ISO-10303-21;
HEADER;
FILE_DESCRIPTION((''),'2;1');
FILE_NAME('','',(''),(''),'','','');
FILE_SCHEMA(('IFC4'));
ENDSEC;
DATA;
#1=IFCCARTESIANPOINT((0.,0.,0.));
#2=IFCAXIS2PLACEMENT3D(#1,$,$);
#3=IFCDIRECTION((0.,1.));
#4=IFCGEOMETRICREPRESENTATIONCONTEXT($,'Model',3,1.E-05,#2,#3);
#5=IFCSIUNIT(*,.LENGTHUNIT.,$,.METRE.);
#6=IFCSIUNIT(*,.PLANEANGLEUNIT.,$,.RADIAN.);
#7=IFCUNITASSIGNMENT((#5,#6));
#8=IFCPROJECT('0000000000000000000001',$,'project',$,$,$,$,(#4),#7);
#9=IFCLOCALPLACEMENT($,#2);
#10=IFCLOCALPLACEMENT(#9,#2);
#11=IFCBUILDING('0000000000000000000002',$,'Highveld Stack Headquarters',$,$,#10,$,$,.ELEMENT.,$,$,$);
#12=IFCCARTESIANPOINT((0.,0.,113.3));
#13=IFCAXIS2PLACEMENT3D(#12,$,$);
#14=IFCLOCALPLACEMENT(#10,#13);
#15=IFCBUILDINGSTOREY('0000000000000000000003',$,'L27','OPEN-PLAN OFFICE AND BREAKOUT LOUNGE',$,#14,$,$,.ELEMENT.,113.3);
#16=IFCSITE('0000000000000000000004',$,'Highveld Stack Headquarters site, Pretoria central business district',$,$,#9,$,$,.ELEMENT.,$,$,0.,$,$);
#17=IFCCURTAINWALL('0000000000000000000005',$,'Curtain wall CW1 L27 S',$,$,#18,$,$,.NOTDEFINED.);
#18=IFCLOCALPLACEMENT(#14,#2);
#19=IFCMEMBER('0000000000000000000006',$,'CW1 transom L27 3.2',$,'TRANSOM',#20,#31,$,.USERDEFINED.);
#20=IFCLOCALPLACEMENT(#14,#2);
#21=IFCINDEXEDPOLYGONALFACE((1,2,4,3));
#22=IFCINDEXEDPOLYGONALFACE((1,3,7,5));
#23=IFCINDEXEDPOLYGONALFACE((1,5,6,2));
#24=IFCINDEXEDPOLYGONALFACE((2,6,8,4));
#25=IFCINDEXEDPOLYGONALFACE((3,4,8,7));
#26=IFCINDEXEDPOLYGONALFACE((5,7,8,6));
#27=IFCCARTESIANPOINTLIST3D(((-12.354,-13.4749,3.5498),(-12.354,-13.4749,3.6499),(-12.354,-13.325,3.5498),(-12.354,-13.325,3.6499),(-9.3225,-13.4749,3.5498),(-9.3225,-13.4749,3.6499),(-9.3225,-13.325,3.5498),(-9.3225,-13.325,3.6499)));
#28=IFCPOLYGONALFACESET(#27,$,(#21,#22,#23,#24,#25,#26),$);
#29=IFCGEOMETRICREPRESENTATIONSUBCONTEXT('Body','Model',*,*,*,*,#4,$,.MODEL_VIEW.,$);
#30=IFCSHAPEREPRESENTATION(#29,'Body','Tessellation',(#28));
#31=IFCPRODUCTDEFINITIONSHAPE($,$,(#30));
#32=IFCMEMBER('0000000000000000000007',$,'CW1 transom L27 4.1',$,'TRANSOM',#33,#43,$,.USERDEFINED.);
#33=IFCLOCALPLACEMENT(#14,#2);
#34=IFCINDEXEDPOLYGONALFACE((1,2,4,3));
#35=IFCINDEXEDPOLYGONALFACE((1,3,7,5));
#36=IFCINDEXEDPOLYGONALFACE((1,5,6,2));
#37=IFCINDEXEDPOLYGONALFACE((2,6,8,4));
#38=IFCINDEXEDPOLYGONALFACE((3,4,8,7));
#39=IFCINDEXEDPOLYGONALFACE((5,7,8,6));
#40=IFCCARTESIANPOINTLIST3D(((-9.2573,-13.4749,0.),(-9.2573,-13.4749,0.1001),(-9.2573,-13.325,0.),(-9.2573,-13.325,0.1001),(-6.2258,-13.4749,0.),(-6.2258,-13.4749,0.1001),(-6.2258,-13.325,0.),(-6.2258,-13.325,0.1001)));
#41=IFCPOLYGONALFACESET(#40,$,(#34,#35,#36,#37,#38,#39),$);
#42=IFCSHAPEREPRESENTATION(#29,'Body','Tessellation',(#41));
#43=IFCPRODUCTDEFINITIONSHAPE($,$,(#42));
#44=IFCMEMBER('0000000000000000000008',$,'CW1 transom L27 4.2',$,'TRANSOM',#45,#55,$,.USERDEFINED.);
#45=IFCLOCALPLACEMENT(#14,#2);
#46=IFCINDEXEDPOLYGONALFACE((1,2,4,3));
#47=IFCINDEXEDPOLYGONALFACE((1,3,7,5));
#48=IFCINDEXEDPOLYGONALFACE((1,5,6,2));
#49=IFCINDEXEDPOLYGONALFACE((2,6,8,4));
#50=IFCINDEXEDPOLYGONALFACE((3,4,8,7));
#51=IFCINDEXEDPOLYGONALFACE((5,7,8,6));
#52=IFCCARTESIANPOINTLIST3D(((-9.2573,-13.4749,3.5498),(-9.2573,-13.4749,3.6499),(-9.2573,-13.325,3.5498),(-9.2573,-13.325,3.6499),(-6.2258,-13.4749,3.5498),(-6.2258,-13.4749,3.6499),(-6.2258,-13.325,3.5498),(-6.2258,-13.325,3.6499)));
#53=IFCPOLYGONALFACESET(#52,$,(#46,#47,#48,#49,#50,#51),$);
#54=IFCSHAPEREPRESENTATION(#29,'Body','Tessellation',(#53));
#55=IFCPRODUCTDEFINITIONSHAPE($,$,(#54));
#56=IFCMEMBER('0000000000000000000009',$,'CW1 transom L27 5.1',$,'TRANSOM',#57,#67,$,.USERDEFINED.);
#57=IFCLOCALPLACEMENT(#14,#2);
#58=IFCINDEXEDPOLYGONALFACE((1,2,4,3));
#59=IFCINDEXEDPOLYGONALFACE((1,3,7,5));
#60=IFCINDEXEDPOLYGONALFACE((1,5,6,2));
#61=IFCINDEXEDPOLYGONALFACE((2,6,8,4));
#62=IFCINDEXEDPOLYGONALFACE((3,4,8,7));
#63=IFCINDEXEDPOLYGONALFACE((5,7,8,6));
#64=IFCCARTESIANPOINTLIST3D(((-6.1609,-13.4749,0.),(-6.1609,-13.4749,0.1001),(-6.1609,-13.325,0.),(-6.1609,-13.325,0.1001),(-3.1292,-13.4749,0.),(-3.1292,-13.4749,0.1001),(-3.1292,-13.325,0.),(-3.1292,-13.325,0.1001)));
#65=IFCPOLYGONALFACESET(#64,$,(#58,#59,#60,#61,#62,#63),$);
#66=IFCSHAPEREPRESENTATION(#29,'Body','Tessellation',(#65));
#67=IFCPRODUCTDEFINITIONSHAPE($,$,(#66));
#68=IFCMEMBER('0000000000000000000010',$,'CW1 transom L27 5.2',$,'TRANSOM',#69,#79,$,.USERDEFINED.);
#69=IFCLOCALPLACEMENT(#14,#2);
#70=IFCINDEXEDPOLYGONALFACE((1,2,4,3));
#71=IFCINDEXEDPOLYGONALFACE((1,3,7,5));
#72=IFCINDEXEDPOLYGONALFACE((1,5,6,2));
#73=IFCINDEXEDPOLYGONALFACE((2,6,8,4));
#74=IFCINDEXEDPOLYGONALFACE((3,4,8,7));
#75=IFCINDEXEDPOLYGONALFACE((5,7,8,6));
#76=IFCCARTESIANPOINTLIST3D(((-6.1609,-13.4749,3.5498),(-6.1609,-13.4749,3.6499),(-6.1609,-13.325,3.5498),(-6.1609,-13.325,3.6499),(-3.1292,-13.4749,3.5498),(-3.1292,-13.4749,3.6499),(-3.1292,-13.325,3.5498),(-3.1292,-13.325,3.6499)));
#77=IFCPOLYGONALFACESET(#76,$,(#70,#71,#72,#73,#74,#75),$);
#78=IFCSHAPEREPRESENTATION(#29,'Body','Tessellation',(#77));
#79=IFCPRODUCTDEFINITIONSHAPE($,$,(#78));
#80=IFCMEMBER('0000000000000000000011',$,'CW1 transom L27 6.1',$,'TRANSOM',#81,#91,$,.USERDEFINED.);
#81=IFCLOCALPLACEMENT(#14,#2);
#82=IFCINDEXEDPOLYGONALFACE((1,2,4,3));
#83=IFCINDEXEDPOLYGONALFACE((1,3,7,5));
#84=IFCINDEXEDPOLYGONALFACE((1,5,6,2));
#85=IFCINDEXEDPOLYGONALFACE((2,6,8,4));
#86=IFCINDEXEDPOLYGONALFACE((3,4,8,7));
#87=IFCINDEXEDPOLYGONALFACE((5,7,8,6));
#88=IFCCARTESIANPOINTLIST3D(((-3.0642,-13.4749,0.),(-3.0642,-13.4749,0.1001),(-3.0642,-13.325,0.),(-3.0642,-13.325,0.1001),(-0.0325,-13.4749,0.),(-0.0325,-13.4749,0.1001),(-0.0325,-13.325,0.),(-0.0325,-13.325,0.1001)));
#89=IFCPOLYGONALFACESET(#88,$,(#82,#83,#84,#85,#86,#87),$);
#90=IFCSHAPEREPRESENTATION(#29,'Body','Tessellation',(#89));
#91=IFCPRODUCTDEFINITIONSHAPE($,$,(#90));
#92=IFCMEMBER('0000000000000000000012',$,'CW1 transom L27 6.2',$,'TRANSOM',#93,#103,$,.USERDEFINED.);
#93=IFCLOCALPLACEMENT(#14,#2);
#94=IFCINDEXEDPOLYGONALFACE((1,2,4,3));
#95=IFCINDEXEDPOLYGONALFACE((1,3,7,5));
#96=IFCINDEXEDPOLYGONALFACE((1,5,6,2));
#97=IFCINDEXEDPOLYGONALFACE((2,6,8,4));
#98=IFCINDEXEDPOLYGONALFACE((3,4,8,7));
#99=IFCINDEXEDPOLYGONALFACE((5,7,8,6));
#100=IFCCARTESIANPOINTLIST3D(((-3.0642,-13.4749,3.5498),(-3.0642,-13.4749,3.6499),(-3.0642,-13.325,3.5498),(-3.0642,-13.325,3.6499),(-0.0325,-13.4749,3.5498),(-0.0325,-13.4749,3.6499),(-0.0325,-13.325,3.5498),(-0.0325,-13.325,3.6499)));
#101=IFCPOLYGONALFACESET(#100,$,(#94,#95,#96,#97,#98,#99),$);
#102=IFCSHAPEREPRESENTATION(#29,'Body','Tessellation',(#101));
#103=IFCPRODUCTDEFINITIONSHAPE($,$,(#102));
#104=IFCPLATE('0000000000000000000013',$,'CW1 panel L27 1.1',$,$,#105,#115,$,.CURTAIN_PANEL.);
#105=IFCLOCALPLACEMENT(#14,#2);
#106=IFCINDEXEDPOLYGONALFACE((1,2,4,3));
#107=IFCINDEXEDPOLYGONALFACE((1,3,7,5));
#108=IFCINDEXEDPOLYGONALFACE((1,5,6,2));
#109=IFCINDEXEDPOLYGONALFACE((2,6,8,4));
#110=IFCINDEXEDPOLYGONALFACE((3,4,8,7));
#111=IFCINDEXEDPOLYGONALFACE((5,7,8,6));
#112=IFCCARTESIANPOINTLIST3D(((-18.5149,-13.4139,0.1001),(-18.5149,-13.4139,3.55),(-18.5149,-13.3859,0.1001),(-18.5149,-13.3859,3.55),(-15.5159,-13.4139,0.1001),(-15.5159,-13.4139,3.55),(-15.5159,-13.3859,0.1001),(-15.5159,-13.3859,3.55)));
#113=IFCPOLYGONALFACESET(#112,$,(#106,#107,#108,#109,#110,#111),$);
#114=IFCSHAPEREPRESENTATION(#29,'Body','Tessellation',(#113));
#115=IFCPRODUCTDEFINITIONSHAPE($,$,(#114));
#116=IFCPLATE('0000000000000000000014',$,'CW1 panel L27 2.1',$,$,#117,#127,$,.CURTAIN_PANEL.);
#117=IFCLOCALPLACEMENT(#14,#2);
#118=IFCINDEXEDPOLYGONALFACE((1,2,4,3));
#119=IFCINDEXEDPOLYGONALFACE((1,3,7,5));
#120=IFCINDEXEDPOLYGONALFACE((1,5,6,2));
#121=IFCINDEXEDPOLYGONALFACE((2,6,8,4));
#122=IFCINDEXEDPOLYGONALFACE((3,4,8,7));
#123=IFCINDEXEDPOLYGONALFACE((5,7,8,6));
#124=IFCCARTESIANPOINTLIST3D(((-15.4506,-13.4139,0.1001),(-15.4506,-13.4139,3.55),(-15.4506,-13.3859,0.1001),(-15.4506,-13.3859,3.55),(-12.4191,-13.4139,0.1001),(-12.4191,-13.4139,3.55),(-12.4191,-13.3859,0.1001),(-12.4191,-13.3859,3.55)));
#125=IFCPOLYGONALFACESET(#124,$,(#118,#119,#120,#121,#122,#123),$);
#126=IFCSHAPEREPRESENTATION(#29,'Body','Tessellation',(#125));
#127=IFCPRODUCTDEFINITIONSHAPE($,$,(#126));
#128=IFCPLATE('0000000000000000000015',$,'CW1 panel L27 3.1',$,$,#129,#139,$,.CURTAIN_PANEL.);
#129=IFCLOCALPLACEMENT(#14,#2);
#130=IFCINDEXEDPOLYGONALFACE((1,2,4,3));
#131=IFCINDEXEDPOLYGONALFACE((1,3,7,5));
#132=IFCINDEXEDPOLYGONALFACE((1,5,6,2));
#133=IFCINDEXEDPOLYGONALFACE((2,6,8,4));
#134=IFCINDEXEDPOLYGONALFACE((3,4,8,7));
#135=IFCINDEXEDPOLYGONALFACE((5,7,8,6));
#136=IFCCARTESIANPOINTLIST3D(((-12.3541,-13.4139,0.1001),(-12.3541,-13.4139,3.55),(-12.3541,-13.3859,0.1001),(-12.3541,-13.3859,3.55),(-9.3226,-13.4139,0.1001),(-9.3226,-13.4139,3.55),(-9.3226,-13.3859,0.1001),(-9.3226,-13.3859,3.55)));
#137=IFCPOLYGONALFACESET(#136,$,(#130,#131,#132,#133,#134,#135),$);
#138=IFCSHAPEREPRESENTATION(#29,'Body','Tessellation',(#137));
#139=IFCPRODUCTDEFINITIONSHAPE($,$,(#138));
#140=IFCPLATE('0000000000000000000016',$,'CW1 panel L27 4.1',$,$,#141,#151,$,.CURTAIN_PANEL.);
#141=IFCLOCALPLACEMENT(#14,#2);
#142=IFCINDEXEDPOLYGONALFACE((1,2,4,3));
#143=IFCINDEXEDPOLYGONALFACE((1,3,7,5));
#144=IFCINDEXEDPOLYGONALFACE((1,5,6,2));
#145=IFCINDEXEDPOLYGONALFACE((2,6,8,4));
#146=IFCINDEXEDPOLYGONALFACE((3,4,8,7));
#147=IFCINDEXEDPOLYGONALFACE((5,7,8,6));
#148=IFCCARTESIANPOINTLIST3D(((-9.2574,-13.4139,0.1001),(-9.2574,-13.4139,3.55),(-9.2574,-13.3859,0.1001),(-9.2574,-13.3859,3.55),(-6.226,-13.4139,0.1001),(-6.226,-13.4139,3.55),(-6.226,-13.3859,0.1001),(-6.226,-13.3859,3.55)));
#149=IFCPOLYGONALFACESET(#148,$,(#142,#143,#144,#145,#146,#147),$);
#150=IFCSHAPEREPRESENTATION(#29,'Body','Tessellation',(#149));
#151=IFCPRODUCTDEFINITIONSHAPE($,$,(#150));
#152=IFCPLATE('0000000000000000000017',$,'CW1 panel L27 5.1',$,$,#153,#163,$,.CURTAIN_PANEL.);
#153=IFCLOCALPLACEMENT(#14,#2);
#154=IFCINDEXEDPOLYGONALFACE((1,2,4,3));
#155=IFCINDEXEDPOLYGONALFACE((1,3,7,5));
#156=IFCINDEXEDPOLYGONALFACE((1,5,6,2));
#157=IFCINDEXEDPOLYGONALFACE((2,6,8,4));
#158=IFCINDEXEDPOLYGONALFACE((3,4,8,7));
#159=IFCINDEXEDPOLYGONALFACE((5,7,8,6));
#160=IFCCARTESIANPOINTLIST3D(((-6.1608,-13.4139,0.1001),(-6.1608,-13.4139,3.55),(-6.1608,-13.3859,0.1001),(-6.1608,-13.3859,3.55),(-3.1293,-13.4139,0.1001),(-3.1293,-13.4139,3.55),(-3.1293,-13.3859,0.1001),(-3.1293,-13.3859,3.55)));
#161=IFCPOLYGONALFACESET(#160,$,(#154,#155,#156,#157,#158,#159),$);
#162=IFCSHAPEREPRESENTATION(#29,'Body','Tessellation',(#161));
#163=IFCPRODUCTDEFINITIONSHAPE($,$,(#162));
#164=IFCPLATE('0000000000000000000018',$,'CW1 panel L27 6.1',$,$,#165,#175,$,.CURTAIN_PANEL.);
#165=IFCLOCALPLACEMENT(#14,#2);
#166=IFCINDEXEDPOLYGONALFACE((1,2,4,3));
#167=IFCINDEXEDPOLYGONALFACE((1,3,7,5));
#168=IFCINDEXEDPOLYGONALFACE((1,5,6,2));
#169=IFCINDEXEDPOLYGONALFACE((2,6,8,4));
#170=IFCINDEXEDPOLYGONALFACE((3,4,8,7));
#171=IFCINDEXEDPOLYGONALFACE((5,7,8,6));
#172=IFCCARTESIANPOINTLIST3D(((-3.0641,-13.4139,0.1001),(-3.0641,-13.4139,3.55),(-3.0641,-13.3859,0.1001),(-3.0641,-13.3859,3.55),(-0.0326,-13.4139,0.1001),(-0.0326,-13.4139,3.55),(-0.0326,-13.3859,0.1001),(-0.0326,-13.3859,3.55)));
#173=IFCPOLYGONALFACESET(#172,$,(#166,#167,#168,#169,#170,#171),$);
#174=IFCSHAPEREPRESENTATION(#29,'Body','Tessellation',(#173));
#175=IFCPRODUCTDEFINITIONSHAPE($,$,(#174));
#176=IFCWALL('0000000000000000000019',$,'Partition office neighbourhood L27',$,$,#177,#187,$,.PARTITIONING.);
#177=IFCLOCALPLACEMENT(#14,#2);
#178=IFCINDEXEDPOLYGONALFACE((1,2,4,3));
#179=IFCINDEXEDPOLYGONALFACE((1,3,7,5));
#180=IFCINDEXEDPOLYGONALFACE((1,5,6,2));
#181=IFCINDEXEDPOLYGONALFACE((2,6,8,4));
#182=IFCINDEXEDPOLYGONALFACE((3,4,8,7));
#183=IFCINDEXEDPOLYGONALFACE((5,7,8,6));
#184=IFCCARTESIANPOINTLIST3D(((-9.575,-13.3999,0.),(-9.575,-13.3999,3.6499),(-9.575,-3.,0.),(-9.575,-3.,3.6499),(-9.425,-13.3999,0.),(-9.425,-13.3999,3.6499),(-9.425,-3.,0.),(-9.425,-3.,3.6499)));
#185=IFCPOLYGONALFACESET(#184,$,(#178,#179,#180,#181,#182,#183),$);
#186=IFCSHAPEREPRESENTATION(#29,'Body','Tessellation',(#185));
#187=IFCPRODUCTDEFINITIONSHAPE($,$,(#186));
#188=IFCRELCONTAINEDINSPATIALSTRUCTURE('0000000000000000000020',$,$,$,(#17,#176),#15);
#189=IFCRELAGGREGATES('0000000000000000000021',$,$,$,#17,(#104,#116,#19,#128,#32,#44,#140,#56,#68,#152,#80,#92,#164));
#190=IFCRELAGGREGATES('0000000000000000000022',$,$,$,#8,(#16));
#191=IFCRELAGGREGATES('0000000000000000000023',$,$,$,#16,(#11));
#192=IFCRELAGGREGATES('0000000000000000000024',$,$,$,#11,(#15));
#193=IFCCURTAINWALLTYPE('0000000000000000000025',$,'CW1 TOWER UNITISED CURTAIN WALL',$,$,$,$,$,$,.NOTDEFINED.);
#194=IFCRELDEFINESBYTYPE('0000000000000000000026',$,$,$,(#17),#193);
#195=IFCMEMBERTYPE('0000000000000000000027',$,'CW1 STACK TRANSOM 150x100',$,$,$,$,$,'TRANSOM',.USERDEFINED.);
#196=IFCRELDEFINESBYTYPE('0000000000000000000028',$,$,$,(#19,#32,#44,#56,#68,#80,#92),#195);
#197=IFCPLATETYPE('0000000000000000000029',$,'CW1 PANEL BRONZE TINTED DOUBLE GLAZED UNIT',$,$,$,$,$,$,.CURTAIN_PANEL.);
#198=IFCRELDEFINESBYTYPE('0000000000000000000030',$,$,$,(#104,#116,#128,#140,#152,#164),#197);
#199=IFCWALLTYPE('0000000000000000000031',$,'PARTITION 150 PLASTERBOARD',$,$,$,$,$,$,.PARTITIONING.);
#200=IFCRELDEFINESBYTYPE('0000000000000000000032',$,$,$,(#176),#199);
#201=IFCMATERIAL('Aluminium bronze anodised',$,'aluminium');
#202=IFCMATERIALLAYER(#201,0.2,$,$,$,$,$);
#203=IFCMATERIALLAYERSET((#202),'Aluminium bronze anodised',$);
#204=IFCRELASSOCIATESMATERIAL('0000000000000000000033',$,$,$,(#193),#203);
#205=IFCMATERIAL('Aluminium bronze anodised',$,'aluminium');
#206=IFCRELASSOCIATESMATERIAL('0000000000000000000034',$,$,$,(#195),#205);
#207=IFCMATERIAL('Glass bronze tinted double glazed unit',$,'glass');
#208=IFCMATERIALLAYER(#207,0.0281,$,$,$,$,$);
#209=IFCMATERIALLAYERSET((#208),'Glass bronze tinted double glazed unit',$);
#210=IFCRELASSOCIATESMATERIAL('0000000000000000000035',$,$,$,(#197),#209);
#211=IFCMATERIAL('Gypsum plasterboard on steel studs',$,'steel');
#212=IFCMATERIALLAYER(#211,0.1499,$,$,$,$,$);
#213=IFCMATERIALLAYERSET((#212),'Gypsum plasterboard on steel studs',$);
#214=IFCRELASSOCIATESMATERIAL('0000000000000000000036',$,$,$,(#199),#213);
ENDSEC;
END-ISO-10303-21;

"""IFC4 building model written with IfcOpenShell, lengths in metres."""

from ifc_helpers import new_model, si_unit, direction, frame, frame_2d, origin, origin_2d, place, context, subcontext, project, spatial, rectangle, extrude, material, layer, layer_set, material_profile, profile_set, type_object, element, aggregate, save


model = new_model("IFC4")

# Units and contexts
model_context = context("Model", 3, precision=1e-05, world=origin(), true_north=direction((0.0, 1.0)))
body_context = subcontext(model_context, "Body", "Model", "MODEL_VIEW")
ifc_project = project(units=[si_unit("LENGTHUNIT", "METRE"), si_unit("PLANEANGLEUNIT", "RADIAN")], contexts=[model_context])

# Site, building, storey
site_placement = place(None, origin())
site = spatial("IfcSite", under=ifc_project, at=site_placement, Name="Highveld Stack Headquarters site, Pretoria central business district", CompositionType="ELEMENT", RefElevation=0.0)
building_placement = place(site_placement, origin())
building = spatial("IfcBuilding", under=site, at=building_placement, Name="Highveld Stack Headquarters", CompositionType="ELEMENT")
storey_placement = place(building_placement, frame((0.0, 0.0, 113.3)))
storey = spatial("IfcBuildingStorey", under=building, at=storey_placement, Name="L27", Description="OPEN-PLAN OFFICE AND BREAKOUT LOUNGE", CompositionType="ELEMENT", Elevation=113.3)

# Curtain wall, members, plates
ifc_material_1 = material(Name="Aluminium bronze anodised", Category="aluminium")
ifc_layer_1 = layer(ifc_material_1, 0.2)
ifc_layer_set_1 = layer_set([ifc_layer_1], Name="Aluminium bronze anodised")
curtain_wall_type = type_object("IfcCurtainWallType", Name="CW1 TOWER UNITISED CURTAIN WALL", PredefinedType="NOTDEFINED", material=ifc_layer_set_1)
curtain_wall_placement = place(storey_placement, origin())
curtain_wall = element("IfcCurtainWall", 1, at=curtain_wall_placement, inside=storey, type_object=curtain_wall_type, Name="Curtain wall CW1 L27 S", PredefinedType="NOTDEFINED")
ifc_material_2 = material(Name="Aluminium bronze anodised", Category="aluminium")
ifc_material_profile_1 = material_profile(ifc_material_2, rectangle(XDim=0.1499, YDim=0.1001, at=origin_2d()), Name="CW1 TRANSOM 150x100")
ifc_profile_set_1 = profile_set([ifc_material_profile_1], Name="Aluminium bronze anodised")
member_type_1 = type_object("IfcMemberType", Name="CW1 STACK TRANSOM 150x100", ElementType="TRANSOM", PredefinedType="USERDEFINED", material=ifc_profile_set_1)
member_1_placement = place(storey_placement, frame((-12.354, -13.3999, 3.5999), z_axis=(1.0, 0.0, 0.0), x_axis=(0.0, 1.0, 0.0)))
member_1 = element("IfcMember", 2, at=member_1_placement, type_object=member_type_1, Name="CW1 transom L27 3.2", ObjectType="TRANSOM", PredefinedType="USERDEFINED", context=body_context, shape_type="SweptSolid", body=[
    extrude(rectangle(XDim=0.1499, YDim=0.1001, at=origin_2d()), origin(), (0.0, 0.0, 1.0), 3.0315),
])
member_2_placement = place(storey_placement, frame((-9.2573, -13.3999, 0.05), z_axis=(1.0, 0.0, 0.0), x_axis=(0.0, 1.0, 0.0)))
member_2 = element("IfcMember", 3, at=member_2_placement, type_object=member_type_1, Name="CW1 transom L27 4.1", ObjectType="TRANSOM", PredefinedType="USERDEFINED", context=body_context, shape_type="SweptSolid", body=[
    extrude(rectangle(XDim=0.1499, YDim=0.1001, at=origin_2d()), origin(), (0.0, 0.0, 1.0), 3.0315),
])
member_3_placement = place(storey_placement, frame((-9.2573, -13.3999, 3.5999), z_axis=(1.0, 0.0, 0.0), x_axis=(0.0, 1.0, 0.0)))
member_3 = element("IfcMember", 4, at=member_3_placement, type_object=member_type_1, Name="CW1 transom L27 4.2", ObjectType="TRANSOM", PredefinedType="USERDEFINED", context=body_context, shape_type="SweptSolid", body=[
    extrude(rectangle(XDim=0.1499, YDim=0.1001, at=origin_2d()), origin(), (0.0, 0.0, 1.0), 3.0315),
])
member_4_placement = place(storey_placement, frame((-6.1609, -13.3999, 0.05), z_axis=(1.0, 0.0, 0.0), x_axis=(0.0, 1.0, 0.0)))
member_4 = element("IfcMember", 5, at=member_4_placement, type_object=member_type_1, Name="CW1 transom L27 5.1", ObjectType="TRANSOM", PredefinedType="USERDEFINED", context=body_context, shape_type="SweptSolid", body=[
    extrude(rectangle(XDim=0.1499, YDim=0.1001, at=origin_2d()), origin(), (0.0, 0.0, 1.0), 3.0317),
])
member_5_placement = place(storey_placement, frame((-6.1609, -13.3999, 3.5999), z_axis=(1.0, 0.0, 0.0), x_axis=(0.0, 1.0, 0.0)))
member_5 = element("IfcMember", 6, at=member_5_placement, type_object=member_type_1, Name="CW1 transom L27 5.2", ObjectType="TRANSOM", PredefinedType="USERDEFINED", context=body_context, shape_type="SweptSolid", body=[
    extrude(rectangle(XDim=0.1499, YDim=0.1001, at=origin_2d()), origin(), (0.0, 0.0, 1.0), 3.0317),
])
member_6_placement = place(storey_placement, frame((-3.0642, -13.3999, 0.05), z_axis=(1.0, 0.0, 0.0), x_axis=(0.0, 1.0, 0.0)))
member_6 = element("IfcMember", 7, at=member_6_placement, type_object=member_type_1, Name="CW1 transom L27 6.1", ObjectType="TRANSOM", PredefinedType="USERDEFINED", context=body_context, shape_type="SweptSolid", body=[
    extrude(rectangle(XDim=0.1499, YDim=0.1001, at=origin_2d()), origin(), (0.0, 0.0, 1.0), 3.0317),
])
member_7_placement = place(storey_placement, frame((-3.0642, -13.3999, 3.5999), z_axis=(1.0, 0.0, 0.0), x_axis=(0.0, 1.0, 0.0)))
member_7 = element("IfcMember", 8, at=member_7_placement, type_object=member_type_1, Name="CW1 transom L27 6.2", ObjectType="TRANSOM", PredefinedType="USERDEFINED", context=body_context, shape_type="SweptSolid", body=[
    extrude(rectangle(XDim=0.1499, YDim=0.1001, at=origin_2d()), origin(), (0.0, 0.0, 1.0), 3.0317),
])
ifc_material_3 = material(Name="Glass bronze tinted double glazed unit", Category="glass")
ifc_layer_2 = layer(ifc_material_3, 0.0281)
ifc_layer_set_2 = layer_set([ifc_layer_2], Name="Glass bronze tinted double glazed unit")
plate_type = type_object("IfcPlateType", Name="CW1 PANEL BRONZE TINTED DOUBLE GLAZED UNIT", PredefinedType="CURTAIN_PANEL", material=ifc_layer_set_2)
plate_1_placement = place(storey_placement, frame((-17.0154, -13.3999, 0.1001), z_axis=(0.0, 0.0, 1.0), x_axis=(1.0, 0.0, 0.0)))
plate_1 = element("IfcPlate", 9, at=plate_1_placement, type_object=plate_type, Name="CW1 panel L27 1.1", PredefinedType="CURTAIN_PANEL", context=body_context, shape_type="SweptSolid", body=[
    extrude(rectangle(XDim=2.999, YDim=0.0281, at=origin_2d()), origin(), (0.0, 0.0, 1.0), 3.45),
])
plate_2_placement = place(storey_placement, frame((-13.9348, -13.3999, 0.1001), z_axis=(0.0, 0.0, 1.0), x_axis=(1.0, 0.0, 0.0)))
plate_2 = element("IfcPlate", 10, at=plate_2_placement, type_object=plate_type, Name="CW1 panel L27 2.1", PredefinedType="CURTAIN_PANEL", context=body_context, shape_type="SweptSolid", body=[
    extrude(rectangle(XDim=3.0315, YDim=0.0281, at=origin_2d()), origin(), (0.0, 0.0, 1.0), 3.45),
])
plate_3_placement = place(storey_placement, frame((-10.8384, -13.3999, 0.1001), z_axis=(0.0, 0.0, 1.0), x_axis=(1.0, 0.0, 0.0)))
plate_3 = element("IfcPlate", 11, at=plate_3_placement, type_object=plate_type, Name="CW1 panel L27 3.1", PredefinedType="CURTAIN_PANEL", context=body_context, shape_type="SweptSolid", body=[
    extrude(rectangle(XDim=3.0315, YDim=0.0281, at=origin_2d()), origin(), (0.0, 0.0, 1.0), 3.45),
])
plate_4_placement = place(storey_placement, frame((-7.7417, -13.3999, 0.1001), z_axis=(0.0, 0.0, 1.0), x_axis=(1.0, 0.0, 0.0)))
plate_4 = element("IfcPlate", 12, at=plate_4_placement, type_object=plate_type, Name="CW1 panel L27 4.1", PredefinedType="CURTAIN_PANEL", context=body_context, shape_type="SweptSolid", body=[
    extrude(rectangle(XDim=3.0315, YDim=0.0281, at=origin_2d()), origin(), (0.0, 0.0, 1.0), 3.45),
])
plate_5_placement = place(storey_placement, frame((-4.645, -13.3999, 0.1001), z_axis=(0.0, 0.0, 1.0), x_axis=(1.0, 0.0, 0.0)))
plate_5 = element("IfcPlate", 13, at=plate_5_placement, type_object=plate_type, Name="CW1 panel L27 5.1", PredefinedType="CURTAIN_PANEL", context=body_context, shape_type="SweptSolid", body=[
    extrude(rectangle(XDim=3.0315, YDim=0.0281, at=origin_2d()), origin(), (0.0, 0.0, 1.0), 3.45),
])
plate_6_placement = place(storey_placement, frame((-1.5483, -13.3999, 0.1001), z_axis=(0.0, 0.0, 1.0), x_axis=(1.0, 0.0, 0.0)))
plate_6 = element("IfcPlate", 14, at=plate_6_placement, type_object=plate_type, Name="CW1 panel L27 6.1", PredefinedType="CURTAIN_PANEL", context=body_context, shape_type="SweptSolid", body=[
    extrude(rectangle(XDim=3.0315, YDim=0.0281, at=origin_2d()), origin(), (0.0, 0.0, 1.0), 3.45),
])
aggregate(curtain_wall, [plate_1, plate_2, member_1, plate_3, member_2, member_3, plate_4, member_4, member_5, plate_5, member_6, member_7, plate_6])

# Wall
ifc_material_4 = material(Name="Gypsum plasterboard on steel studs", Category="steel")
ifc_layer_3 = layer(ifc_material_4, 0.1499)
ifc_layer_set_3 = layer_set([ifc_layer_3], Name="Gypsum plasterboard on steel studs")
wall_type = type_object("IfcWallType", Name="PARTITION 150 PLASTERBOARD", PredefinedType="PARTITIONING", material=ifc_layer_set_3)
wall_placement = place(storey_placement, frame((-9.5, -13.3999, 0.0), z_axis=(0.0, 0.0, 1.0), x_axis=(0.0, 1.0, 0.0)))
element("IfcWall", 15, at=wall_placement, inside=storey, type_object=wall_type, Name="Partition office neighbourhood L27", PredefinedType="PARTITIONING", context=body_context, shape_type="SweptSolid", body=[
    extrude(rectangle(XDim=10.3999, YDim=0.1499, at=frame_2d((5.2, 0.0))), origin(), (0.0, 0.0, 1.0), 3.6499),
])

save(model, "model.ifc")
